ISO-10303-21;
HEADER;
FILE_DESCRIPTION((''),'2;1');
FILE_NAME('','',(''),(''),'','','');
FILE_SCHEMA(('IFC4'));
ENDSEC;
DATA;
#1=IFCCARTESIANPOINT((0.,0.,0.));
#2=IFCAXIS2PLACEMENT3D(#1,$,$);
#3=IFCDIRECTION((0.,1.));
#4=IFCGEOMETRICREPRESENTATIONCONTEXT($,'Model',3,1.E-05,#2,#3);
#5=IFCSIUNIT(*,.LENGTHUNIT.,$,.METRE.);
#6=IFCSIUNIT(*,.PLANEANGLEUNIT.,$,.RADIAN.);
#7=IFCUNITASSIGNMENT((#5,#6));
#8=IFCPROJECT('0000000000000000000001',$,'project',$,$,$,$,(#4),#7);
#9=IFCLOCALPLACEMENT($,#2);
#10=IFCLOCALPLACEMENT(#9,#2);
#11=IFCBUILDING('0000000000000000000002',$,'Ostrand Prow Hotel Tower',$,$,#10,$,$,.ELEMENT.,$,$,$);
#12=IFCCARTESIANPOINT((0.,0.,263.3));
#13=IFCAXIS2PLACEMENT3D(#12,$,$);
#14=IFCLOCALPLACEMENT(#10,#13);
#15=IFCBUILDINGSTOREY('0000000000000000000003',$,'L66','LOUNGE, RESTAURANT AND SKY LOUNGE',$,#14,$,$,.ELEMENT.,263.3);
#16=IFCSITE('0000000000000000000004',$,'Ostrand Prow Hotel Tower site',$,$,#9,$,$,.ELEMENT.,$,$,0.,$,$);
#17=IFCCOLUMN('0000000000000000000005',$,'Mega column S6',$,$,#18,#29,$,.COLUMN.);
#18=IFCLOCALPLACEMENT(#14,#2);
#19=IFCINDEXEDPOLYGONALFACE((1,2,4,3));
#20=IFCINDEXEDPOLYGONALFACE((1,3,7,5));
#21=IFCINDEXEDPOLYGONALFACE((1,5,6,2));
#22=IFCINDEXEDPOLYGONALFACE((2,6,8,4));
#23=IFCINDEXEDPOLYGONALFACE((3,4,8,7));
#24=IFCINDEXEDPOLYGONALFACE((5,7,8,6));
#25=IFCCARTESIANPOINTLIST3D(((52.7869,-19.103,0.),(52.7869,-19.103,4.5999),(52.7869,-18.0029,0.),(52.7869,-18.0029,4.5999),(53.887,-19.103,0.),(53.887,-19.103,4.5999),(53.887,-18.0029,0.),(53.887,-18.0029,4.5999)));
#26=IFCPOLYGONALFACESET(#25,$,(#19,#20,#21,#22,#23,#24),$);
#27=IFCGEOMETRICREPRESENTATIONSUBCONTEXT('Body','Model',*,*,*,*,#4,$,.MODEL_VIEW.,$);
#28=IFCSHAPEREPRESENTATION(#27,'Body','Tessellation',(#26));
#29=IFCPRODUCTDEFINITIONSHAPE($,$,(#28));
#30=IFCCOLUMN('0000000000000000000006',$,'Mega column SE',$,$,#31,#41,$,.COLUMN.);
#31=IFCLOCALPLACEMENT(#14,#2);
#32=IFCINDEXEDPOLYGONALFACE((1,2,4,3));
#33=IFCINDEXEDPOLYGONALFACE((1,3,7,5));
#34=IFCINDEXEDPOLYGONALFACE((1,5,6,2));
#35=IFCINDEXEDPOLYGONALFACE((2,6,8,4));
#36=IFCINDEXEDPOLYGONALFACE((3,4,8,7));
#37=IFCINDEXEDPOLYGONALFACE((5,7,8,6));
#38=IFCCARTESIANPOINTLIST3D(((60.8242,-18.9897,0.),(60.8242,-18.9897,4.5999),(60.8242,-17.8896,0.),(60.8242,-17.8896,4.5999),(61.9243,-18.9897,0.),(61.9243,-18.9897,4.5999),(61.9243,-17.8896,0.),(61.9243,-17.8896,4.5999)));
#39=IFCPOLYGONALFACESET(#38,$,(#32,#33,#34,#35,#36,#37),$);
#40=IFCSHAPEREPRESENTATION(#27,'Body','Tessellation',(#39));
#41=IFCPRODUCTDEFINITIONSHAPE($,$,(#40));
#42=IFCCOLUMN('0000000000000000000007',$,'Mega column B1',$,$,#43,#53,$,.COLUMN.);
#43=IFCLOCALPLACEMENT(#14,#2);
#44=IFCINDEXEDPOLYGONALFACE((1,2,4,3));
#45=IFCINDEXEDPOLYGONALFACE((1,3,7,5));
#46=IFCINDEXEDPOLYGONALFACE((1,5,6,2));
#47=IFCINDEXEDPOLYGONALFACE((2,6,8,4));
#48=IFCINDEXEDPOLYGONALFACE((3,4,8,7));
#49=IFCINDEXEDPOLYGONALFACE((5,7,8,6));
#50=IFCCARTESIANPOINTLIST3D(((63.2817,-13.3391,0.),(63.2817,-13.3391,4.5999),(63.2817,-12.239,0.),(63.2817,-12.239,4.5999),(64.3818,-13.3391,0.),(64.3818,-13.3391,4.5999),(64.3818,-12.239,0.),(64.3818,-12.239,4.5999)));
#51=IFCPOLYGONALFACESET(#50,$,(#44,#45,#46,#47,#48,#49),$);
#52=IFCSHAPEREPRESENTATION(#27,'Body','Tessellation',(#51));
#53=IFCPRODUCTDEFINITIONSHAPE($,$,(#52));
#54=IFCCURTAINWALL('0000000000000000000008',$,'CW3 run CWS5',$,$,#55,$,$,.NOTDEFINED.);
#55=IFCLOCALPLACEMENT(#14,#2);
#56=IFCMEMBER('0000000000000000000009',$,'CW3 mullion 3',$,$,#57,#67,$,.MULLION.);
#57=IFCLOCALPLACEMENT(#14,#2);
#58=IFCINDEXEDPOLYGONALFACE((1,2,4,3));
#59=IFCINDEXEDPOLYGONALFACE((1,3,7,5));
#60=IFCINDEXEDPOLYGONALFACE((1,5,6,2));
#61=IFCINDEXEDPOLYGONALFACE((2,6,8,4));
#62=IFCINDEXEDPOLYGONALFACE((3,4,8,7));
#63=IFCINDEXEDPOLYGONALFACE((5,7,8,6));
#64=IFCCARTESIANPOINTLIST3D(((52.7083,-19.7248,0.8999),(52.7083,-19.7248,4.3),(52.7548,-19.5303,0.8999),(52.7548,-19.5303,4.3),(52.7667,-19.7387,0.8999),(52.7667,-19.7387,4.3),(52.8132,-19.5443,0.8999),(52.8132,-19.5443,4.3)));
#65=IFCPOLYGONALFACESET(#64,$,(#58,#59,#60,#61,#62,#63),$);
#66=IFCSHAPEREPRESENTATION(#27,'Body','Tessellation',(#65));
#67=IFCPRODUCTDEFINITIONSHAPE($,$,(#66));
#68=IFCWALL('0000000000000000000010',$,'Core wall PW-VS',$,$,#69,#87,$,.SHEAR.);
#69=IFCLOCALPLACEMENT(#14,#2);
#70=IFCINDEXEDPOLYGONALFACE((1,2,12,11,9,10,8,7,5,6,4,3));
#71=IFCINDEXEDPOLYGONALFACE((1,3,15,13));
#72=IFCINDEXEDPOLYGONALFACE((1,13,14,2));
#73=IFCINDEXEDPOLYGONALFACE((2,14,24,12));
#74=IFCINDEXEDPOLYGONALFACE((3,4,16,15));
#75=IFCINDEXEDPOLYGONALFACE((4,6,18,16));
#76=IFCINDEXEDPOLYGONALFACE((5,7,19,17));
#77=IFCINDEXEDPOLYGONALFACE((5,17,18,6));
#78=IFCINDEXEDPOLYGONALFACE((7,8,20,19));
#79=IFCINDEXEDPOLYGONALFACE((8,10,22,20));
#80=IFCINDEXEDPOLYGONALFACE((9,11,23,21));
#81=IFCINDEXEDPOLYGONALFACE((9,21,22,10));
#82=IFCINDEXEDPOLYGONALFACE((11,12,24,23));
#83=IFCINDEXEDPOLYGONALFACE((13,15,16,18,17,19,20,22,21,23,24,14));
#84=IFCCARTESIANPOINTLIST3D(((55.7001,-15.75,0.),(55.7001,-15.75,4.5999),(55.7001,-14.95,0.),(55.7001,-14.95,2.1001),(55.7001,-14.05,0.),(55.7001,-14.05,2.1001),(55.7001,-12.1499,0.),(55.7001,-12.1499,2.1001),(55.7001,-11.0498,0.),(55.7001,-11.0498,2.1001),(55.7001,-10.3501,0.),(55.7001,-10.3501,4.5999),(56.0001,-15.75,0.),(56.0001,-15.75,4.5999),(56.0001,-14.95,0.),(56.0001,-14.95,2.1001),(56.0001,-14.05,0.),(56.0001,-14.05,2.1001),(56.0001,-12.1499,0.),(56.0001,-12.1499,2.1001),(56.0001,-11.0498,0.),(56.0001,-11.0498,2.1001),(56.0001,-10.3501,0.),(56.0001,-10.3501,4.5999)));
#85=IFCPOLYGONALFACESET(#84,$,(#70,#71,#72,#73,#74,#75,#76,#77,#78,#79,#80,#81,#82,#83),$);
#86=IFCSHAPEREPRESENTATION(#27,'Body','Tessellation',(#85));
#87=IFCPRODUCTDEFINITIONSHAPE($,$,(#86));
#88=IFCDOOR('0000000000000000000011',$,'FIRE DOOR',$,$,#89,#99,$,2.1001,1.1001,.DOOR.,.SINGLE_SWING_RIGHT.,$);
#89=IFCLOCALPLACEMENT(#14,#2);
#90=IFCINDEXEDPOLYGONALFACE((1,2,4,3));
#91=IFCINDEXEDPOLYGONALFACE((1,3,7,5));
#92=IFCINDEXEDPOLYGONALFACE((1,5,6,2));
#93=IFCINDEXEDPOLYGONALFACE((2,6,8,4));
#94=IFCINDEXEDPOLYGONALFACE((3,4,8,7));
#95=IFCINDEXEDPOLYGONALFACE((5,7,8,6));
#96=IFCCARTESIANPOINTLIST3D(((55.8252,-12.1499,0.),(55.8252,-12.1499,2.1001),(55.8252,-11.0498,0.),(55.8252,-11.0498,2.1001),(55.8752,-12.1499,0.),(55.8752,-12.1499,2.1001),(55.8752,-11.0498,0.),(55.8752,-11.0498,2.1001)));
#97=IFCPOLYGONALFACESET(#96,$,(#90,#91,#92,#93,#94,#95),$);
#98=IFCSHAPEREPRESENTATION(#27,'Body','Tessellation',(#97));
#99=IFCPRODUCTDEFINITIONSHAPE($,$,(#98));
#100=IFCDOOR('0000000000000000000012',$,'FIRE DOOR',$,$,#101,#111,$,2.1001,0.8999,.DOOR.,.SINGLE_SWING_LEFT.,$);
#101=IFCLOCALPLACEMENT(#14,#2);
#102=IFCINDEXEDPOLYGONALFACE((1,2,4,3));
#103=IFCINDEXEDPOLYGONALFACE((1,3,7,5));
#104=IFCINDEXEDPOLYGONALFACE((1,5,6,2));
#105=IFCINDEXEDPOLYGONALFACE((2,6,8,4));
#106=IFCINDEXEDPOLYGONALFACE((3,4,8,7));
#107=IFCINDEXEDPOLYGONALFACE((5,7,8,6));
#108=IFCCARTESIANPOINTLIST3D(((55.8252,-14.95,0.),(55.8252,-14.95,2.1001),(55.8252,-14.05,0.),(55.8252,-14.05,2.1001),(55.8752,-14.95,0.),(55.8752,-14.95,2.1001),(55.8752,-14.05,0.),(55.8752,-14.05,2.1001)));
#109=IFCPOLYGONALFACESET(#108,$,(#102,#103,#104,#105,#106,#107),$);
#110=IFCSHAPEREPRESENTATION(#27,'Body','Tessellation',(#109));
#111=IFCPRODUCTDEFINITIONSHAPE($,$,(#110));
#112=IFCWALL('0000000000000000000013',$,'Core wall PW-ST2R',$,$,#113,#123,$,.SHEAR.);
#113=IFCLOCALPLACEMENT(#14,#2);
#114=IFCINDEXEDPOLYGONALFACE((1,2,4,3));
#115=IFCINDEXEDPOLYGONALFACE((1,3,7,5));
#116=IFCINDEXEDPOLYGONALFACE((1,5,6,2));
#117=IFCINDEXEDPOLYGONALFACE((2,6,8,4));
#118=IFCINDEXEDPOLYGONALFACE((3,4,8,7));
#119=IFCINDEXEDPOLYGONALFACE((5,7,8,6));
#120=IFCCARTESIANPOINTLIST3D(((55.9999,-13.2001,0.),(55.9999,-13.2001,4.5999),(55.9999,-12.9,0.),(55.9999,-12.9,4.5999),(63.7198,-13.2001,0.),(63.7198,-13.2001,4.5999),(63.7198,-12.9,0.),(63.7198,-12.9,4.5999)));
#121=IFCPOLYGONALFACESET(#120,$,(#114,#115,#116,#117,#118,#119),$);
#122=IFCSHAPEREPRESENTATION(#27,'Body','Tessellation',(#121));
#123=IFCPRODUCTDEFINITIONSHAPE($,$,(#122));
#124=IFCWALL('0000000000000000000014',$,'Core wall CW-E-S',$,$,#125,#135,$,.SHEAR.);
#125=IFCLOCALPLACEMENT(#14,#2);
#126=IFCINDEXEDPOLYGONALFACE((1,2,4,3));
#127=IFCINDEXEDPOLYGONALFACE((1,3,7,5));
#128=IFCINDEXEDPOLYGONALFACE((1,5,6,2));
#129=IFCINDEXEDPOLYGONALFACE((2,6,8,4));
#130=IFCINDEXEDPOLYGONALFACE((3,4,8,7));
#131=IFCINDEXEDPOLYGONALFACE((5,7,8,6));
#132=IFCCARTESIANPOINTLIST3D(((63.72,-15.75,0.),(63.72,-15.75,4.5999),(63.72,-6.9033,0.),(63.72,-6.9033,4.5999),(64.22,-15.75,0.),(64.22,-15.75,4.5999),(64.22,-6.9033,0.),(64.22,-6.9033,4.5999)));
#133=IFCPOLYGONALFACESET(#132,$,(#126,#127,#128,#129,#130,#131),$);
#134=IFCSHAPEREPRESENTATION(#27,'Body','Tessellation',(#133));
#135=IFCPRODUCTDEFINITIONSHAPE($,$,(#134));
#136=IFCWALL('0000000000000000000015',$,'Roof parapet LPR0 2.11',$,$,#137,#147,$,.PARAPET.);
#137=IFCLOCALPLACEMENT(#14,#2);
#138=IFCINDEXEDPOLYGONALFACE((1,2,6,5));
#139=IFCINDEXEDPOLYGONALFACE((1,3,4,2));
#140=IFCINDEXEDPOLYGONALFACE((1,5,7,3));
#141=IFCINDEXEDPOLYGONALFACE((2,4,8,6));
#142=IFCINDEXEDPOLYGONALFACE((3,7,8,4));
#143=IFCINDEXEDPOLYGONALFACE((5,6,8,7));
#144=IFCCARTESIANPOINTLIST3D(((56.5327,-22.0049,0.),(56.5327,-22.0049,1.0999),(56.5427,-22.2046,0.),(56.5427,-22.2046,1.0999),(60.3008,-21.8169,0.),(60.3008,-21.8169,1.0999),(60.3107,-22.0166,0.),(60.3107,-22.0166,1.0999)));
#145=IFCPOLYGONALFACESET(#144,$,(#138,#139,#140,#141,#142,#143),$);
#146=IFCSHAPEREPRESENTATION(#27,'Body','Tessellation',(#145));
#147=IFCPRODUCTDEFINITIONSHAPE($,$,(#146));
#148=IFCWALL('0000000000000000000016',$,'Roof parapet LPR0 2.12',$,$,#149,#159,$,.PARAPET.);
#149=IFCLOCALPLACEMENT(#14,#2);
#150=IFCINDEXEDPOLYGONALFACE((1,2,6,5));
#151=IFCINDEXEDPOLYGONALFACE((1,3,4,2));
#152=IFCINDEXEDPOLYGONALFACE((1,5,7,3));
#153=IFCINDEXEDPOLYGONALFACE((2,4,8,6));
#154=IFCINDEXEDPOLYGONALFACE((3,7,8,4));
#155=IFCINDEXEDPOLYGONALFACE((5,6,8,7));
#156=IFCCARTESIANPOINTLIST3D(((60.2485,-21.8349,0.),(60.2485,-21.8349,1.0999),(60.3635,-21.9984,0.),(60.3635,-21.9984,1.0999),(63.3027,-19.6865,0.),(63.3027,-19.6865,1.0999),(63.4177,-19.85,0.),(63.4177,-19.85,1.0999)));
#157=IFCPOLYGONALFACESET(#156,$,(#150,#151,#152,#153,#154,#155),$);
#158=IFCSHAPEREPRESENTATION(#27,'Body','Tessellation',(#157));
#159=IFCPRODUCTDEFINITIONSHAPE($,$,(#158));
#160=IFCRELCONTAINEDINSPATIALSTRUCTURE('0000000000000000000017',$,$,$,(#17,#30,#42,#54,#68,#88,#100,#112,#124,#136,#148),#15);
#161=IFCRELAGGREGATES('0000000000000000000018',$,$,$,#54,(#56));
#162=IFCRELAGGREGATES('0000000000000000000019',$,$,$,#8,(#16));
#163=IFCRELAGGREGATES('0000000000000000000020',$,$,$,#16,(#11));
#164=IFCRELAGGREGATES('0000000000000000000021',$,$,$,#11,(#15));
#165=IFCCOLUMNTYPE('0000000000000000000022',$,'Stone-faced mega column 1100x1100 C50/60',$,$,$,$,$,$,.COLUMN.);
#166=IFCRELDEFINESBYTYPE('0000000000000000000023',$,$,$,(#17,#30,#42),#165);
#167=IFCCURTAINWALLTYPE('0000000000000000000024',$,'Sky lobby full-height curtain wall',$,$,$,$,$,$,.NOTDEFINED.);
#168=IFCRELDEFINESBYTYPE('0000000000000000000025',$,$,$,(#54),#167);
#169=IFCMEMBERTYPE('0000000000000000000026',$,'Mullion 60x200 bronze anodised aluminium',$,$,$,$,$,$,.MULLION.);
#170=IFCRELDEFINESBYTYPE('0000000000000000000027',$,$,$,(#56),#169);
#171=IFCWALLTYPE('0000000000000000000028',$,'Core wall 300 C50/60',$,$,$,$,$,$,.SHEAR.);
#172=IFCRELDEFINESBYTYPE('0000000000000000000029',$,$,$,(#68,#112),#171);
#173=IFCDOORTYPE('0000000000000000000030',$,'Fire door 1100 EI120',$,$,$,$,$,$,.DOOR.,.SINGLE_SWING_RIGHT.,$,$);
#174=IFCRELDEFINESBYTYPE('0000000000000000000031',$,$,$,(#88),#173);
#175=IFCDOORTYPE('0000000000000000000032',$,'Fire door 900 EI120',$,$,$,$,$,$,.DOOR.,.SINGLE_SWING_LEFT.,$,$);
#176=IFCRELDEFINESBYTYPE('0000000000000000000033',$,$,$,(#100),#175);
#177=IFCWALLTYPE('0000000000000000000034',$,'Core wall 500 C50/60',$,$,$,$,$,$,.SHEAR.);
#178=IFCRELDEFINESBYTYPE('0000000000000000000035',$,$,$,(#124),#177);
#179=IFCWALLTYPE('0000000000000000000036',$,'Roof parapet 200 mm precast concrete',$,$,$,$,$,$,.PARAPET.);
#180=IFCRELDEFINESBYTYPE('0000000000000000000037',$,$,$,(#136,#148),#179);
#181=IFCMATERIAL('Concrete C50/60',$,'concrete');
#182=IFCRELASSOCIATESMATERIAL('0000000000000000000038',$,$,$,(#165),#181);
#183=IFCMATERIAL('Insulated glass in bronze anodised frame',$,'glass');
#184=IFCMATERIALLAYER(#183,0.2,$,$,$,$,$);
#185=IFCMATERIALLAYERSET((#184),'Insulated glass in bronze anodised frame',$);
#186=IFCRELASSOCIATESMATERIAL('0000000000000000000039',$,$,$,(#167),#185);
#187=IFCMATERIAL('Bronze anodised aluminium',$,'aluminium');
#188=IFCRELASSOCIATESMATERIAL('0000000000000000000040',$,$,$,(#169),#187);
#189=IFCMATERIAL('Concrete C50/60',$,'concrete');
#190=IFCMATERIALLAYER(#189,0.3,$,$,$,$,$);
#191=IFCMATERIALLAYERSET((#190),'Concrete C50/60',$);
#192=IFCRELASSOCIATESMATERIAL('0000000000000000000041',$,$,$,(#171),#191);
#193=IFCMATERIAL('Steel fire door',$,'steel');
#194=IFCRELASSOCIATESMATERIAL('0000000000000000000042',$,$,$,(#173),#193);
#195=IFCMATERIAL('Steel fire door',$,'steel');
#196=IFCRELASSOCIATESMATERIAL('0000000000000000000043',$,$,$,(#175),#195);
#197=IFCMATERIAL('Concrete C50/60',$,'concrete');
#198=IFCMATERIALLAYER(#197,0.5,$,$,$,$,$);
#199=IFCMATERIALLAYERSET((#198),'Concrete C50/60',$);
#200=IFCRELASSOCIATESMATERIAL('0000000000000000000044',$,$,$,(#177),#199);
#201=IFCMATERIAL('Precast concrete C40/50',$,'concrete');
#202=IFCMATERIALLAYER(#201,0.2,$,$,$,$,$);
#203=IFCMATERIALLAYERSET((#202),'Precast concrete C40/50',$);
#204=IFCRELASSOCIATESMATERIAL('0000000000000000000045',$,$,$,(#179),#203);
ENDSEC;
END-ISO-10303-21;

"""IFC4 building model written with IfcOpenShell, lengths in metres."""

from ifc_helpers import new_model, si_unit, direction, frame, frame_2d, origin, origin_2d, place, context, subcontext, project, spatial, rectangle, extrude, material, layer, layer_set, material_profile, profile_set, type_object, element, fill, aggregate, save


model = new_model("IFC4")

# Units and contexts
model_context = context("Model", 3, precision=1e-05, world=origin(), true_north=direction((0.0, 1.0)))
body_context = subcontext(model_context, "Body", "Model", "MODEL_VIEW")
ifc_project = project(units=[si_unit("LENGTHUNIT", "METRE"), si_unit("PLANEANGLEUNIT", "RADIAN")], contexts=[model_context])

# Site, building, storey
site_placement = place(None, origin())
site = spatial("IfcSite", under=ifc_project, at=site_placement, Name="Ostrand Prow Hotel Tower site", CompositionType="ELEMENT", RefElevation=0.0)
building_placement = place(site_placement, origin())
building = spatial("IfcBuilding", under=site, at=building_placement, Name="Ostrand Prow Hotel Tower", CompositionType="ELEMENT")
storey_placement = place(building_placement, frame((0.0, 0.0, 263.3)))
storey = spatial("IfcBuildingStorey", under=building, at=storey_placement, Name="L66", Description="LOUNGE, RESTAURANT AND SKY LOUNGE", CompositionType="ELEMENT", Elevation=263.3)

# Columns
ifc_material_1 = material(Name="Concrete C50/60", Category="concrete")
ifc_material_profile_1 = material_profile(ifc_material_1, rectangle(XDim=1.1001, YDim=1.1001, at=origin_2d()), Name="RC 1100x1100")
ifc_profile_set_1 = profile_set([ifc_material_profile_1], Name="Concrete C50/60")
column_type = type_object("IfcColumnType", Name="Stone-faced mega column 1100x1100 C50/60", PredefinedType="COLUMN", material=ifc_profile_set_1)
for number, where, z_axis, x_axis, name in (
    (1, (53.3369, -18.553, 0.0), (0.0, 0.0, 1.0), (1.0, 0.0, 0.0), "Mega column S6"),
    (2, (61.3743, -18.4397, 0.0), (0.0, 0.0, 1.0), (1.0, 0.0, 0.0), "Mega column SE"),
    (3, (63.8318, -12.7891, 0.0), (0.0, 0.0, 1.0), (1.0, 0.0, 0.0), "Mega column B1"),
):
    element("IfcColumn", number, at=place(storey_placement, frame(where, z_axis=z_axis, x_axis=x_axis)), inside=storey, type_object=column_type, Name=name, PredefinedType="COLUMN", context=body_context, shape_type="SweptSolid", body=[
        extrude(rectangle(XDim=1.1001, YDim=1.1001, at=origin_2d()), origin(), (0.0, 0.0, 1.0), 4.5999),
    ])

# Curtain wall, member
ifc_material_2 = material(Name="Insulated glass in bronze anodised frame", Category="glass")
ifc_layer_1 = layer(ifc_material_2, 0.2)
ifc_layer_set_1 = layer_set([ifc_layer_1], Name="Insulated glass in bronze anodised frame")
curtain_wall_type = type_object("IfcCurtainWallType", Name="Sky lobby full-height curtain wall", PredefinedType="NOTDEFINED", material=ifc_layer_set_1)
curtain_wall_placement = place(storey_placement, origin())
curtain_wall = element("IfcCurtainWall", 4, at=curtain_wall_placement, inside=storey, type_object=curtain_wall_type, Name="CW3 run CWS5", PredefinedType="NOTDEFINED")
ifc_material_3 = material(Name="Bronze anodised aluminium", Category="aluminium")
ifc_material_profile_2 = material_profile(ifc_material_3, rectangle(XDim=0.2, YDim=0.0601, at=origin_2d()), Name="Mullion 60x200 bronze anodised aluminium")
ifc_profile_set_2 = profile_set([ifc_material_profile_2], Name="Bronze anodised aluminium")
member_type = type_object("IfcMemberType", Name="Mullion 60x200 bronze anodised aluminium", PredefinedType="MULLION", material=ifc_profile_set_2)
member_placement = place(storey_placement, frame((52.7607, -19.6345, 0.8999), z_axis=(0.0, 0.0, 1.0), x_axis=(0.232746, 0.972538, 0.0)))
member = element("IfcMember", 5, at=member_placement, type_object=member_type, Name="CW3 mullion 3", PredefinedType="MULLION", context=body_context, shape_type="SweptSolid", body=[
    extrude(rectangle(XDim=0.2, YDim=0.0601, at=origin_2d()), origin(), (0.0, 0.0, 1.0), 3.4001),
])
aggregate(curtain_wall, [member])

# Wall, openings, doors
ifc_material_4 = material(Name="Concrete C50/60", Category="concrete")
ifc_layer_2 = layer(ifc_material_4, 0.3)
ifc_layer_set_2 = layer_set([ifc_layer_2], Name="Concrete C50/60")
wall_type_1 = type_object("IfcWallType", Name="Core wall 300 C50/60", PredefinedType="SHEAR", material=ifc_layer_set_2)
wall_1_placement = place(storey_placement, frame((55.8501, -15.75, 0.0), z_axis=(0.0, 0.0, 1.0), x_axis=(0.0, 1.0, 0.0)))
wall_1 = element("IfcWall", 6, at=wall_1_placement, inside=storey, type_object=wall_type_1, Name="Core wall PW-VS", PredefinedType="SHEAR", context=body_context, shape_type="SweptSolid", body=[
    extrude(rectangle(XDim=5.3999, YDim=0.3, at=frame_2d((2.7, 0.0))), origin(), (0.0, 0.0, 1.0), 4.5999),
])
opening_1_placement = place(wall_1_placement, frame((3.6001, 0.0, 0.0)))
opening_1 = element("IfcOpeningElement", 7, at=opening_1_placement, cuts=wall_1, PredefinedType="OPENING", context=body_context, shape_type="SweptSolid", body=[
    extrude(rectangle(XDim=1.1001, YDim=2.1001, at=frame_2d((0.55, 1.05))), frame((0.0, 0.1599, 0.0), z_axis=(0.0, -1.0, 0.0), x_axis=(1.0, 0.0, 0.0)), (0.0, 0.0, 1.0), 0.3201),
])
opening_2_placement = place(wall_1_placement, frame((0.8, 0.0, 0.0)))
opening_2 = element("IfcOpeningElement", 8, at=opening_2_placement, cuts=wall_1, PredefinedType="OPENING", context=body_context, shape_type="SweptSolid", body=[
    extrude(rectangle(XDim=0.8999, YDim=2.1001, at=frame_2d((0.45, 1.05))), frame((0.0, 0.1599, 0.0), z_axis=(0.0, -1.0, 0.0), x_axis=(1.0, 0.0, 0.0)), (0.0, 0.0, 1.0), 0.3201),
])
ifc_material_5 = material(Name="Steel fire door", Category="steel")
door_type_1 = type_object("IfcDoorType", Name="Fire door 1100 EI120", OperationType="SINGLE_SWING_RIGHT", PredefinedType="DOOR", material=ifc_material_5)
door_1_placement = place(opening_1_placement, origin())
door_1 = element("IfcDoor", 9, at=door_1_placement, inside=storey, type_object=door_type_1, Name="FIRE DOOR", OperationType="SINGLE_SWING_RIGHT", OverallHeight=2.1001, OverallWidth=1.1001, PredefinedType="DOOR", context=body_context, shape_type="SweptSolid", body=[
    extrude(rectangle(XDim=1.1001, YDim=2.1001, at=frame_2d((0.55, 1.05))), frame((0.0, 0.0249, 0.0), z_axis=(0.0, -1.0, 0.0), x_axis=(1.0, 0.0, 0.0)), (0.0, 0.0, 1.0), 0.05),
])
fill(opening_1, door_1)
ifc_material_6 = material(Name="Steel fire door", Category="steel")
door_type_2 = type_object("IfcDoorType", Name="Fire door 900 EI120", OperationType="SINGLE_SWING_LEFT", PredefinedType="DOOR", material=ifc_material_6)
door_2_placement = place(opening_2_placement, origin())
door_2 = element("IfcDoor", 10, at=door_2_placement, inside=storey, type_object=door_type_2, Name="FIRE DOOR", OperationType="SINGLE_SWING_LEFT", OverallHeight=2.1001, OverallWidth=0.8999, PredefinedType="DOOR", context=body_context, shape_type="SweptSolid", body=[
    extrude(rectangle(XDim=0.8999, YDim=2.1001, at=frame_2d((0.45, 1.05))), frame((0.0, 0.0249, 0.0), z_axis=(0.0, -1.0, 0.0), x_axis=(1.0, 0.0, 0.0)), (0.0, 0.0, 1.0), 0.05),
])
fill(opening_2, door_2)

# Walls
wall_2_placement = place(storey_placement, frame((56.0, -13.05, 0.0), z_axis=(0.0, 0.0, 1.0), x_axis=(1.0, 0.0, 0.0)))
element("IfcWall", 11, at=wall_2_placement, inside=storey, type_object=wall_type_1, Name="Core wall PW-ST2R", PredefinedType="SHEAR", context=body_context, shape_type="SweptSolid", body=[
    extrude(rectangle(XDim=7.72, YDim=0.3, at=frame_2d((3.8599, 0.0))), origin(), (0.0, 0.0, 1.0), 4.5999),
])
ifc_material_7 = material(Name="Concrete C50/60", Category="concrete")
ifc_layer_3 = layer(ifc_material_7, 0.5)
ifc_layer_set_3 = layer_set([ifc_layer_3], Name="Concrete C50/60")
wall_type_2 = type_object("IfcWallType", Name="Core wall 500 C50/60", PredefinedType="SHEAR", material=ifc_layer_set_3)
wall_3_placement = place(storey_placement, frame((63.97, -15.75, 0.0), z_axis=(0.0, 0.0, 1.0), x_axis=(0.0, 1.0, 0.0)))
element("IfcWall", 12, at=wall_3_placement, inside=storey, type_object=wall_type_2, Name="Core wall CW-E-S", PredefinedType="SHEAR", context=body_context, shape_type="SweptSolid", body=[
    extrude(rectangle(XDim=8.8467, YDim=0.5, at=frame_2d((4.4233, 0.0))), origin(), (0.0, 0.0, 1.0), 4.5999),
])
ifc_material_8 = material(Name="Precast concrete C40/50", Category="concrete")
ifc_layer_4 = layer(ifc_material_8, 0.2)
ifc_layer_set_4 = layer_set([ifc_layer_4], Name="Precast concrete C40/50")
wall_type_3 = type_object("IfcWallType", Name="Roof parapet 200 mm precast concrete", PredefinedType="PARAPET", material=ifc_layer_set_4)
wall_4_placement = place(storey_placement, frame((56.5378, -22.1047, 0.0), z_axis=(0.0, 0.0, 1.0), x_axis=(0.998758, 0.049828, 0.0)))
element("IfcWall", 13, at=wall_4_placement, inside=storey, type_object=wall_type_3, Name="Roof parapet LPR0 2.11", PredefinedType="PARAPET", context=body_context, shape_type="SweptSolid", body=[
    extrude(rectangle(XDim=3.7727, YDim=0.2, at=frame_2d((1.8862, 0.0))), origin(), (0.0, 0.0, 1.0), 1.0999),
])
wall_5_placement = place(storey_placement, frame((60.3059, -21.9167, 0.0), z_axis=(0.0, 0.0, 1.0), x_axis=(0.817909, 0.575348, 0.0)))
element("IfcWall", 14, at=wall_5_placement, inside=storey, type_object=wall_type_3, Name="Roof parapet LPR0 2.12", PredefinedType="PARAPET", context=body_context, shape_type="SweptSolid", body=[
    extrude(rectangle(XDim=3.7341, YDim=0.2, at=frame_2d((1.8672, 0.0))), origin(), (0.0, 0.0, 1.0), 1.0999),
])

save(model, "model.ifc")
